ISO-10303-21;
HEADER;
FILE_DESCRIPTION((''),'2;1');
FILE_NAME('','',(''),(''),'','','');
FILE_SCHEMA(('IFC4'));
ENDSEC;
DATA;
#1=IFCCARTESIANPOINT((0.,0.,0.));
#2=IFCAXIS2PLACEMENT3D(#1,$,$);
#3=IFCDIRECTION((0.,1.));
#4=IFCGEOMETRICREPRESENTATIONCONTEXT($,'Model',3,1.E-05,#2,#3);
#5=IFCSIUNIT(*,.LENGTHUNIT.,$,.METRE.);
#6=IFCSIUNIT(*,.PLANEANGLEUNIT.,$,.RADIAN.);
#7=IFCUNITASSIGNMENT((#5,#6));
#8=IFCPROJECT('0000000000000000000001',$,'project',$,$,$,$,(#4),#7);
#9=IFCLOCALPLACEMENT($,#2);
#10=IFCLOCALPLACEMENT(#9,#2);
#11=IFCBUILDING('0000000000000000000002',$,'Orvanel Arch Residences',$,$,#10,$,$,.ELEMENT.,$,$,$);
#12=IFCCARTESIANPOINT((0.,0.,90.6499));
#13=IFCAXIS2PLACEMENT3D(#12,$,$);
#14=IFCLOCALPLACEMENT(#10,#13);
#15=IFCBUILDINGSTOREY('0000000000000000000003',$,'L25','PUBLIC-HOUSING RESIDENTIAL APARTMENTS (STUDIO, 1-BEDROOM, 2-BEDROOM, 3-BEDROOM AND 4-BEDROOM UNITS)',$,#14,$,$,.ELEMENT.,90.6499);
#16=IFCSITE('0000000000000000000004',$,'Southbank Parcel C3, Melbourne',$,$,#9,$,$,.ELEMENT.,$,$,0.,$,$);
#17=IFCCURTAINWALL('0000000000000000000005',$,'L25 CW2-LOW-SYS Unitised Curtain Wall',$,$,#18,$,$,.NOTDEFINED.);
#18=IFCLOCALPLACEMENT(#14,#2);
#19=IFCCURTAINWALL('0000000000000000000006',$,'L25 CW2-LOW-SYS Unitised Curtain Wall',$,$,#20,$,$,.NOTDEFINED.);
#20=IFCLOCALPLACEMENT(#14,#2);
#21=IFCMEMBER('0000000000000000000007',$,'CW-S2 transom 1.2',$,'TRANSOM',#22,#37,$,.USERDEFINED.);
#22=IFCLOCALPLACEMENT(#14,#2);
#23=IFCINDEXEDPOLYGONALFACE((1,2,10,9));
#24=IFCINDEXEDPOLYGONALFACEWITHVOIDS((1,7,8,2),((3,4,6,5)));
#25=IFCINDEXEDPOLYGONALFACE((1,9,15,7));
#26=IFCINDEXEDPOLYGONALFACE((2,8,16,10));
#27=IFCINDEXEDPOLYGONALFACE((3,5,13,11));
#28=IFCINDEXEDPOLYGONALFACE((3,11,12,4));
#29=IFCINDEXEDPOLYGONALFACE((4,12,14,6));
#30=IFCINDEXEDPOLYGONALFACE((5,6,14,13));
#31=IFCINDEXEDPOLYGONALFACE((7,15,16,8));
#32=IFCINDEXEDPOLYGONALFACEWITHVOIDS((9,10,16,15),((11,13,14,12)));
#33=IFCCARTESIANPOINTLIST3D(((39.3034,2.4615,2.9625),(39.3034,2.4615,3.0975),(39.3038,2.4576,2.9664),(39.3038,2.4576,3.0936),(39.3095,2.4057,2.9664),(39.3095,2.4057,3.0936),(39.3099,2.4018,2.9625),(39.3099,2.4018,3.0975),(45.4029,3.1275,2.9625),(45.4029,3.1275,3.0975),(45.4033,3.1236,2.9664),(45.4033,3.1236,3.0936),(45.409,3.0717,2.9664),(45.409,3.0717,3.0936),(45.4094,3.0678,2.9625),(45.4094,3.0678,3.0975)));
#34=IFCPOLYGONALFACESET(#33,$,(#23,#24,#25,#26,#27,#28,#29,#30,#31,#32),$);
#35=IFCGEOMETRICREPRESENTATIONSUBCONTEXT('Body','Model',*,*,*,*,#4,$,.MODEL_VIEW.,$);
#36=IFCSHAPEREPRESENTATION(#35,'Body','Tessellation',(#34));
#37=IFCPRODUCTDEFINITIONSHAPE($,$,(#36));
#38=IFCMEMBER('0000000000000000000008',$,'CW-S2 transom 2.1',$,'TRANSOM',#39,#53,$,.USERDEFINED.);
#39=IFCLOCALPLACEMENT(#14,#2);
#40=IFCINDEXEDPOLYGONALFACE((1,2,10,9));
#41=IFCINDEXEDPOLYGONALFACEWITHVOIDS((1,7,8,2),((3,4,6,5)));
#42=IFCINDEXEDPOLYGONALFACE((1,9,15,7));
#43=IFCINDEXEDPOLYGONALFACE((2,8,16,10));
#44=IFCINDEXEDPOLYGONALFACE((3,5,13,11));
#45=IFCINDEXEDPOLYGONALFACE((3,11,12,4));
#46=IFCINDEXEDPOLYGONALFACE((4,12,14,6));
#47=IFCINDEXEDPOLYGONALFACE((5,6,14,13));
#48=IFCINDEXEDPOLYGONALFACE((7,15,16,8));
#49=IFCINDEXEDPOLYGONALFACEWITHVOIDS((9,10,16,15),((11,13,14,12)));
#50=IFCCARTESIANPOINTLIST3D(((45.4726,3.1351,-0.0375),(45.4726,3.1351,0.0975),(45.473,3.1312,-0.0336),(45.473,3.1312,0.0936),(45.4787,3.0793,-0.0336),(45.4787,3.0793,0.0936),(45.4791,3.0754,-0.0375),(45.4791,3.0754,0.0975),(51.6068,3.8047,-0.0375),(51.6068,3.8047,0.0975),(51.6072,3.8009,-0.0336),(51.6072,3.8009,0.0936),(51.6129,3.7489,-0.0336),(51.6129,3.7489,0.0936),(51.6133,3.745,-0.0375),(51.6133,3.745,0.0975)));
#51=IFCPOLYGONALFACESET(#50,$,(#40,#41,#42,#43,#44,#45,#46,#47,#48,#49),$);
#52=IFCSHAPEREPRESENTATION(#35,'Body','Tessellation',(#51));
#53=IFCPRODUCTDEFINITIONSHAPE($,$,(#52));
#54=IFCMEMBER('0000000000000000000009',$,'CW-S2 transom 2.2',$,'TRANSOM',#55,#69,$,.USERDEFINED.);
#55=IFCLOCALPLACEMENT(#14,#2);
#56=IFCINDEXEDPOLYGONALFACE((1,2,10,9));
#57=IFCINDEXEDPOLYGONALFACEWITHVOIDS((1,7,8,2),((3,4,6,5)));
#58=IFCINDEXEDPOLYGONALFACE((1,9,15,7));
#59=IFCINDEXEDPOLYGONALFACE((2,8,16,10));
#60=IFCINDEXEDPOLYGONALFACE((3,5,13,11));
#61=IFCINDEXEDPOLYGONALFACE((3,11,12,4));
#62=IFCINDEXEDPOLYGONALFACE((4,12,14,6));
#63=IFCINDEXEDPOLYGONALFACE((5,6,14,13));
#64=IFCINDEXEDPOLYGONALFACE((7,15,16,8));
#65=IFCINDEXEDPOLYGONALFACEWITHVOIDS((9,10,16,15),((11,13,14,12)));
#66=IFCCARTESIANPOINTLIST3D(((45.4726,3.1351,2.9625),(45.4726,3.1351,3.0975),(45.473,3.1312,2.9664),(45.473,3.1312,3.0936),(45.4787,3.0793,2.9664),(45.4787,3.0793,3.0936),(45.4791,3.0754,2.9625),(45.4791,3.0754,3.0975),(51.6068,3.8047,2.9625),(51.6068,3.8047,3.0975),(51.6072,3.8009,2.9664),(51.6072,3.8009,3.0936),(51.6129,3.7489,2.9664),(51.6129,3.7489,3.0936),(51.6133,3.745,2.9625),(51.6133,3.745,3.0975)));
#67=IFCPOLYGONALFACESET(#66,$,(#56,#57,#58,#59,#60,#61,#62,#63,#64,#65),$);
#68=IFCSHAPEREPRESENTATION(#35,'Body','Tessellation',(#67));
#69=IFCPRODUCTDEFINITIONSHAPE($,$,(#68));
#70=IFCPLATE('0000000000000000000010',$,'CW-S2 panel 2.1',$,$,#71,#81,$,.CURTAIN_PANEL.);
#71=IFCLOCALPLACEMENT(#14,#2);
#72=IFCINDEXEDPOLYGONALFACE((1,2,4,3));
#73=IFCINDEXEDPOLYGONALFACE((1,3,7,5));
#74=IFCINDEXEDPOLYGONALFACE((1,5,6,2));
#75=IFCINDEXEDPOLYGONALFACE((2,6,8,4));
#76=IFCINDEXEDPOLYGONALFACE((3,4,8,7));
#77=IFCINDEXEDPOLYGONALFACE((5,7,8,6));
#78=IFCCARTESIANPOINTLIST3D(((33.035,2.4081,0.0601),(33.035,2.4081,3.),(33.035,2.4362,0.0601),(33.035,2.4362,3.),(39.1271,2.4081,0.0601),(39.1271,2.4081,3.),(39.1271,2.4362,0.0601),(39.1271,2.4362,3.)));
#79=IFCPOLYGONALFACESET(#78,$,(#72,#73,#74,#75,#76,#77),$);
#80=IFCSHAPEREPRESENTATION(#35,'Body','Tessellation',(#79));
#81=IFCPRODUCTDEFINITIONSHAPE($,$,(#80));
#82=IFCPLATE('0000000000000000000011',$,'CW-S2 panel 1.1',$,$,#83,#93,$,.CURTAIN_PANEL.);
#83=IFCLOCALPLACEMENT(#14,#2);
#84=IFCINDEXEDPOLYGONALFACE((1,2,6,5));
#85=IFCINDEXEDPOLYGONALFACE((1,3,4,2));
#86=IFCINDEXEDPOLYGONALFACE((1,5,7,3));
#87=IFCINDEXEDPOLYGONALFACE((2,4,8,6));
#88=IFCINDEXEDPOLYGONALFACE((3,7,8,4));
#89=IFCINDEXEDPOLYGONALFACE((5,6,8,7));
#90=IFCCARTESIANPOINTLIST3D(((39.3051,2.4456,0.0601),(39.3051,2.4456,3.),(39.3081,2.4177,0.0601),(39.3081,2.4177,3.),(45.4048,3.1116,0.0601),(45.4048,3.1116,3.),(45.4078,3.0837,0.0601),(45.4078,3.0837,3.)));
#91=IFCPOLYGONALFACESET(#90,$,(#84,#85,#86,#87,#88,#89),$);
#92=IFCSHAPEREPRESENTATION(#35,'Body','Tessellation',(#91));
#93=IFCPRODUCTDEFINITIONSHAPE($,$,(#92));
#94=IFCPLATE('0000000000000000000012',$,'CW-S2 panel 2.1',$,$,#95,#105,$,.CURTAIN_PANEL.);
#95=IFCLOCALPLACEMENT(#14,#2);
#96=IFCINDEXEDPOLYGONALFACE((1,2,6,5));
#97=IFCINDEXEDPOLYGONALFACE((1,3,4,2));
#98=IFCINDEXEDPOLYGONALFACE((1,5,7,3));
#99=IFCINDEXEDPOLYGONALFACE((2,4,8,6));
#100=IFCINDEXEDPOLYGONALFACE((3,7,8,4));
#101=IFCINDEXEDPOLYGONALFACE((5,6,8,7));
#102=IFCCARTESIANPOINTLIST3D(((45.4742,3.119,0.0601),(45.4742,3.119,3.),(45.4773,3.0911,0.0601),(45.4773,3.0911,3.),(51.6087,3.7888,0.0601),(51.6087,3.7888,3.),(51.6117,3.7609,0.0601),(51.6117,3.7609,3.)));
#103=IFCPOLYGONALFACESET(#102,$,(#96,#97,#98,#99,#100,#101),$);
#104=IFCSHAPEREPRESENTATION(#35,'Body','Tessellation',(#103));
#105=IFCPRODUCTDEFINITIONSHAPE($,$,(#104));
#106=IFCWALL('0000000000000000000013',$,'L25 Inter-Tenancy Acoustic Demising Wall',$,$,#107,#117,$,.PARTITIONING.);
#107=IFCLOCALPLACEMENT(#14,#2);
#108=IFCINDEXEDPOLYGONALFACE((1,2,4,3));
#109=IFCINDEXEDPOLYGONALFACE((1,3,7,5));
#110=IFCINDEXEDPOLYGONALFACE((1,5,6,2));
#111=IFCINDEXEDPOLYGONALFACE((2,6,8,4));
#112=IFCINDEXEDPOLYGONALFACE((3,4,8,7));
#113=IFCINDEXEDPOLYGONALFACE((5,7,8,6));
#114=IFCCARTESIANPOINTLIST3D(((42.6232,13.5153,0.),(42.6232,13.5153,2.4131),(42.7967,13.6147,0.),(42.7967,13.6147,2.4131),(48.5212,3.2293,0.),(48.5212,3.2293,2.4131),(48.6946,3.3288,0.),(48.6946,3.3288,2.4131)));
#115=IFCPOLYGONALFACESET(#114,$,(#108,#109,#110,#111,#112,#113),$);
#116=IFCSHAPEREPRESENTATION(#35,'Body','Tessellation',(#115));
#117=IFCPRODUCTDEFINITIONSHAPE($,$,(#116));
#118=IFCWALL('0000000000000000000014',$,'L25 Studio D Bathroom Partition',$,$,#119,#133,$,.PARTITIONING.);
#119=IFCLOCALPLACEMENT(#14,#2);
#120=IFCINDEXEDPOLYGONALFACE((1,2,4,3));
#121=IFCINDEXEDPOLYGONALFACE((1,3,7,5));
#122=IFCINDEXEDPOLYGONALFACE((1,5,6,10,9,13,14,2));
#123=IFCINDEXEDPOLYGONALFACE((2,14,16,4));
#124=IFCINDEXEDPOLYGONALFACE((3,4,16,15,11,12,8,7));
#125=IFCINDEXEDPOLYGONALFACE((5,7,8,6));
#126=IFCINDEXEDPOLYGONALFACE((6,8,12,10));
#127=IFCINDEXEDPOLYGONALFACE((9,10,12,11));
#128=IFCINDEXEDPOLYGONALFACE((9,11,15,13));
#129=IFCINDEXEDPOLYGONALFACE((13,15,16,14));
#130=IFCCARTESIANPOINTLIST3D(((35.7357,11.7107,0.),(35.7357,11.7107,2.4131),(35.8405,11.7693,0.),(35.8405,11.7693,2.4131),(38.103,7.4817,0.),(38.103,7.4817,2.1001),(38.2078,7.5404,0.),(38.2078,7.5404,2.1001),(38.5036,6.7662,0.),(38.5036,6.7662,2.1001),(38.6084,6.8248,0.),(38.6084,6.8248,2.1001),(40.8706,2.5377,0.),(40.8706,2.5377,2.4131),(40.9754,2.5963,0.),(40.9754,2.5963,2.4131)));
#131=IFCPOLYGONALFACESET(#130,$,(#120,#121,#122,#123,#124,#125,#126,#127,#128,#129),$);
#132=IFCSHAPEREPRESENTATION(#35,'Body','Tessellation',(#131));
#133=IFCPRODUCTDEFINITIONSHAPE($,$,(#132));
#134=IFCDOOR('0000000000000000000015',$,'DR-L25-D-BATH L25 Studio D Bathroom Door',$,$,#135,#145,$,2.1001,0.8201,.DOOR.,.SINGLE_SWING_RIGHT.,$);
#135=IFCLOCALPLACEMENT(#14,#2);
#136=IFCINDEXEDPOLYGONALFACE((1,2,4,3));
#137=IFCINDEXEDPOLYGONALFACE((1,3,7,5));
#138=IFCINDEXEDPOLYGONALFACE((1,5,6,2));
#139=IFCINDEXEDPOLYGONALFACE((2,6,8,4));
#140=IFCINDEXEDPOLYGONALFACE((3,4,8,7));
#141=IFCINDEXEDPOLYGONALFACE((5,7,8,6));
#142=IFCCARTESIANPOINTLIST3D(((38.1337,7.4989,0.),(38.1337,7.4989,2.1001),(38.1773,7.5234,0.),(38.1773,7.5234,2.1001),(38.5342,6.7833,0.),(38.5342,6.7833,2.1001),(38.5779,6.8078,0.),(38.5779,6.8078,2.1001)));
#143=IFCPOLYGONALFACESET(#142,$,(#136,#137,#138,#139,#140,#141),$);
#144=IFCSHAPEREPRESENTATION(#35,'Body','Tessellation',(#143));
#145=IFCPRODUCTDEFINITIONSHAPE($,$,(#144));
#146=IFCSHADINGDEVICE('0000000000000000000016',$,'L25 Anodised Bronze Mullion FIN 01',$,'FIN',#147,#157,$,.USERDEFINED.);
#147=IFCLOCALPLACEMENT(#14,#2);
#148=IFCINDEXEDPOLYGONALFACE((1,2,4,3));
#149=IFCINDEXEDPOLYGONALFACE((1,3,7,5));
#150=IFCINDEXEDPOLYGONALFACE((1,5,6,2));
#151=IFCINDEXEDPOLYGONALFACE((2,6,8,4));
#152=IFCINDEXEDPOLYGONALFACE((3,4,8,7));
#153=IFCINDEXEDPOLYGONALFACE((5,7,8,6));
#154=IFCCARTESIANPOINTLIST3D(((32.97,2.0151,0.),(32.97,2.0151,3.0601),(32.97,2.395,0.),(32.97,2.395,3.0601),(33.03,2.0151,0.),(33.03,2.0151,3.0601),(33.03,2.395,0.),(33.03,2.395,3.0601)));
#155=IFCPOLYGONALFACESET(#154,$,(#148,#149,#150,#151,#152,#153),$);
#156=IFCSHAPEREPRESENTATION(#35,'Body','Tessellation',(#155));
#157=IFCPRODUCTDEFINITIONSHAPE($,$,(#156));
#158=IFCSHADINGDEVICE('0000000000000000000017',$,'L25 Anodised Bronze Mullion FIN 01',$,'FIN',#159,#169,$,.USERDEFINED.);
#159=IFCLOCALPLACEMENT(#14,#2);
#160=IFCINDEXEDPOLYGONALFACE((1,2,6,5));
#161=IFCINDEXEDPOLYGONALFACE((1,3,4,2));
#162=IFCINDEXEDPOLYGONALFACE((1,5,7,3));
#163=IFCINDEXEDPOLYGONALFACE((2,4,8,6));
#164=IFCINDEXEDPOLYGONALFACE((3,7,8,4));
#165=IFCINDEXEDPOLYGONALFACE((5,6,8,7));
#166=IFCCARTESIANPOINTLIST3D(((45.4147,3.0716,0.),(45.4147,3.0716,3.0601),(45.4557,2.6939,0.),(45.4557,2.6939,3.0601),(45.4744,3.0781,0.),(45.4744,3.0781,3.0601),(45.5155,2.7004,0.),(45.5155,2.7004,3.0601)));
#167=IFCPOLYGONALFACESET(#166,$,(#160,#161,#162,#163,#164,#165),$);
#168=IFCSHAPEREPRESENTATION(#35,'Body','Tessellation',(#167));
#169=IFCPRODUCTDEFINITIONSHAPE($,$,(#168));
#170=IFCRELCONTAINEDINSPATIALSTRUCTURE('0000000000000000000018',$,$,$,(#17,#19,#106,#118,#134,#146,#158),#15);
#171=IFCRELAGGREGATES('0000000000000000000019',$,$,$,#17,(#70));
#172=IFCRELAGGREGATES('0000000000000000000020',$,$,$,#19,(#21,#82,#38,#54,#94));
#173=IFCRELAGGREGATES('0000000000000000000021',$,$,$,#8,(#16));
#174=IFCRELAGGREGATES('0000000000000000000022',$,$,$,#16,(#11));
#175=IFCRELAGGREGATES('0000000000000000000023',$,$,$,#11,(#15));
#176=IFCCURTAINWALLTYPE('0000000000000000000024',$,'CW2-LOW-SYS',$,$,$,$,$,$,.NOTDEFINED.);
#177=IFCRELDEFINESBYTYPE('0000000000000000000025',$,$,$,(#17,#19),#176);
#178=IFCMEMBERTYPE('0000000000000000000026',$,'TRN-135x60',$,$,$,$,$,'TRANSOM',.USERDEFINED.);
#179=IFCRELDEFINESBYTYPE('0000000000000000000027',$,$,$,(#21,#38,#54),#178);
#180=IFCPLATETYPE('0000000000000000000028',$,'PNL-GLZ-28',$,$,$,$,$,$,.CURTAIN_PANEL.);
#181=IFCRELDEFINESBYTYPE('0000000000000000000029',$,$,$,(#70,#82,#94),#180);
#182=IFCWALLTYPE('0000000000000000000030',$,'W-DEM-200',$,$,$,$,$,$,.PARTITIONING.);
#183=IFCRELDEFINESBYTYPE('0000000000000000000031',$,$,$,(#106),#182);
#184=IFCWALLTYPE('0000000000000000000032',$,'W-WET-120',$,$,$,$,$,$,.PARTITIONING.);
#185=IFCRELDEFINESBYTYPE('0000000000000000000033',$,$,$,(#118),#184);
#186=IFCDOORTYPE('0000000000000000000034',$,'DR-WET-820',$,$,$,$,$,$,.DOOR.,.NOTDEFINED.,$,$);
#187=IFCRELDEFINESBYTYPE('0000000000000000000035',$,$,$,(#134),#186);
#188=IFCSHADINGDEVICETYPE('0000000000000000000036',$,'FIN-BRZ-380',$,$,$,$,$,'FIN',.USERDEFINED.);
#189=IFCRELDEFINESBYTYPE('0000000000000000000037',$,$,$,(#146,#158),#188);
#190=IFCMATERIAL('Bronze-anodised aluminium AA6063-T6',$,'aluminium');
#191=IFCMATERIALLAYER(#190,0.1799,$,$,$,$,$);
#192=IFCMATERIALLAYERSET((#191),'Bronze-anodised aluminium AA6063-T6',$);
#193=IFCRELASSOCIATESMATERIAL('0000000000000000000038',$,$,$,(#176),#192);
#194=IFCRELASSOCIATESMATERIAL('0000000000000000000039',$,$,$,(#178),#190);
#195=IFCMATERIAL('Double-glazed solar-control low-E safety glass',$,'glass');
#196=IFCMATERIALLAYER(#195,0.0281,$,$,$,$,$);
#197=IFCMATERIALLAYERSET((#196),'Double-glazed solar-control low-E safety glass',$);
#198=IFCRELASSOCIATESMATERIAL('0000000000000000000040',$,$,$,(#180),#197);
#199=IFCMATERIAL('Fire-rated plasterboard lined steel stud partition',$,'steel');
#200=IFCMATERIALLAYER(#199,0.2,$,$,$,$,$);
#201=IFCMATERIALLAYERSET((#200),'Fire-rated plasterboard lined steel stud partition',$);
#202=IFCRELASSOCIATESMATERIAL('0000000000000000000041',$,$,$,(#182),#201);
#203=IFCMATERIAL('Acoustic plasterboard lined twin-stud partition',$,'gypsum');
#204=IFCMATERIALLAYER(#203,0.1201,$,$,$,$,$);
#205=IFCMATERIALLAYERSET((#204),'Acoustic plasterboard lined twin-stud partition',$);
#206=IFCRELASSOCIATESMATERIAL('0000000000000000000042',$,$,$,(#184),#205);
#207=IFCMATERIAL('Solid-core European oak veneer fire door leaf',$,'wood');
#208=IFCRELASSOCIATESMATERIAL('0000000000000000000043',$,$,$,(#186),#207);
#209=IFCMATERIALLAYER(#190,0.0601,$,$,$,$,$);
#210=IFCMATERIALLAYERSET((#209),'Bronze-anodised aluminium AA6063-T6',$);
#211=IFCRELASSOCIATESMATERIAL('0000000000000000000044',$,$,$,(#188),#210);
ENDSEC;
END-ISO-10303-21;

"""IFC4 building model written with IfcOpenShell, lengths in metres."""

from ifc_helpers import new_model, si_unit, direction, frame, frame_2d, origin, origin_2d, place, context, subcontext, project, spatial, rectangle, hollow_rectangle, extrude, material, layer, layer_set, material_profile, profile_set, type_object, element, fill, aggregate, save


model = new_model("IFC4")

# Units and contexts
model_context = context("Model", 3, precision=1e-05, world=origin(), true_north=direction((0.0, 1.0)))
body_context = subcontext(model_context, "Body", "Model", "MODEL_VIEW")
ifc_project = project(units=[si_unit("LENGTHUNIT", "METRE"), si_unit("PLANEANGLEUNIT", "RADIAN")], contexts=[model_context])

# Site, building, storey
site_placement = place(None, origin())
site = spatial("IfcSite", under=ifc_project, at=site_placement, Name="Southbank Parcel C3, Melbourne", CompositionType="ELEMENT", RefElevation=0.0)
building_placement = place(site_placement, origin())
building = spatial("IfcBuilding", under=site, at=building_placement, Name="Orvanel Arch Residences", CompositionType="ELEMENT")
storey_placement = place(building_placement, frame((0.0, 0.0, 90.6499)))
storey = spatial("IfcBuildingStorey", under=building, at=storey_placement, Name="L25", Description="PUBLIC-HOUSING RESIDENTIAL APARTMENTS (STUDIO, 1-BEDROOM, 2-BEDROOM, 3-BEDROOM AND 4-BEDROOM UNITS)", CompositionType="ELEMENT", Elevation=90.6499)

# Curtain walls
ifc_material_1 = material(Name="Bronze-anodised aluminium AA6063-T6", Category="aluminium")
ifc_layer_1 = layer(ifc_material_1, 0.1799)
ifc_layer_set_1 = layer_set([ifc_layer_1], Name="Bronze-anodised aluminium AA6063-T6")
curtain_wall_type = type_object("IfcCurtainWallType", Name="CW2-LOW-SYS", PredefinedType="NOTDEFINED", material=ifc_layer_set_1)
curtain_wall_1_placement = place(storey_placement, origin())
curtain_wall_1 = element("IfcCurtainWall", 1, at=curtain_wall_1_placement, inside=storey, type_object=curtain_wall_type, Name="L25 CW2-LOW-SYS Unitised Curtain Wall", PredefinedType="NOTDEFINED")
curtain_wall_2_placement = place(storey_placement, origin())
curtain_wall_2 = element("IfcCurtainWall", 2, at=curtain_wall_2_placement, inside=storey, type_object=curtain_wall_type, Name="L25 CW2-LOW-SYS Unitised Curtain Wall", PredefinedType="NOTDEFINED")

# Members
ifc_material_profile_1 = material_profile(ifc_material_1, hollow_rectangle(XDim=0.0601, YDim=0.135, WallThickness=0.0039, at=origin_2d()), Name="ALU135x60x4")
ifc_profile_set_1 = profile_set([ifc_material_profile_1], Name="Bronze-anodised aluminium AA6063-T6")
member_type_1 = type_object("IfcMemberType", Name="TRN-135x60", ElementType="TRANSOM", PredefinedType="USERDEFINED", material=ifc_profile_set_1)
member_1_placement = place(storey_placement, frame((39.3066, 2.4316, 3.03), z_axis=(0.994092, 0.108545, 0.0), x_axis=(-0.108545, 0.994092, 0.0)))
member_1 = element("IfcMember", 3, at=member_1_placement, type_object=member_type_1, Name="CW-S2 transom 1.2", ObjectType="TRANSOM", PredefinedType="USERDEFINED", context=body_context, shape_type="SweptSolid", body=[
    extrude(hollow_rectangle(XDim=0.0601, YDim=0.135, WallThickness=0.0039, at=origin_2d()), origin(), (0.0, 0.0, 1.0), 6.1357),
])
member_2_placement = place(storey_placement, frame((45.4758, 3.1052, 0.03), z_axis=(0.994094, 0.108525, 0.0), x_axis=(-0.108525, 0.994094, 0.0)))
member_2 = element("IfcMember", 4, at=member_2_placement, type_object=member_type_1, Name="CW-S2 transom 2.1", ObjectType="TRANSOM", PredefinedType="USERDEFINED", context=body_context, shape_type="SweptSolid", body=[
    extrude(hollow_rectangle(XDim=0.0601, YDim=0.135, WallThickness=0.0039, at=origin_2d()), origin(), (0.0, 0.0, 1.0), 6.1707),
])
member_3_placement = place(storey_placement, frame((45.4758, 3.1052, 3.03), z_axis=(0.994094, 0.108525, 0.0), x_axis=(-0.108525, 0.994094, 0.0)))
member_3 = element("IfcMember", 5, at=member_3_placement, type_object=member_type_1, Name="CW-S2 transom 2.2", ObjectType="TRANSOM", PredefinedType="USERDEFINED", context=body_context, shape_type="SweptSolid", body=[
    extrude(hollow_rectangle(XDim=0.0601, YDim=0.135, WallThickness=0.0039, at=origin_2d()), origin(), (0.0, 0.0, 1.0), 6.1707),
])

# Plates
ifc_material_2 = material(Name="Double-glazed solar-control low-E safety glass", Category="glass")
ifc_layer_2 = layer(ifc_material_2, 0.0281)
ifc_layer_set_2 = layer_set([ifc_layer_2], Name="Double-glazed solar-control low-E safety glass")
plate_type = type_object("IfcPlateType", Name="PNL-GLZ-28", PredefinedType="CURTAIN_PANEL", material=ifc_layer_set_2)
plate_1_placement = place(storey_placement, frame((36.0811, 2.4221, 0.0601), z_axis=(0.0, 0.0, 1.0), x_axis=(1.0, 0.0, 0.0)))
plate_1 = element("IfcPlate", 6, at=plate_1_placement, type_object=plate_type, Name="CW-S2 panel 2.1", PredefinedType="CURTAIN_PANEL", context=body_context, shape_type="SweptSolid", body=[
    extrude(rectangle(XDim=6.092, YDim=0.0281, at=origin_2d()), origin(), (0.0, 0.0, 1.0), 2.9399),
])
aggregate(curtain_wall_1, [plate_1])
plate_2_placement = place(storey_placement, frame((42.3564, 2.7646, 0.0601), z_axis=(0.0, 0.0, 1.0), x_axis=(0.994093, 0.108532, 0.0)))
plate_2 = element("IfcPlate", 7, at=plate_2_placement, type_object=plate_type, Name="CW-S2 panel 1.1", PredefinedType="CURTAIN_PANEL", context=body_context, shape_type="SweptSolid", body=[
    extrude(rectangle(XDim=6.136, YDim=0.0281, at=origin_2d()), origin(), (0.0, 0.0, 1.0), 2.9399),
])
plate_3_placement = place(storey_placement, frame((48.543, 3.4399, 0.0601), z_axis=(0.0, 0.0, 1.0), x_axis=(0.994093, 0.108532, 0.0)))
plate_3 = element("IfcPlate", 8, at=plate_3_placement, type_object=plate_type, Name="CW-S2 panel 2.1", PredefinedType="CURTAIN_PANEL", context=body_context, shape_type="SweptSolid", body=[
    extrude(rectangle(XDim=6.1709, YDim=0.0281, at=origin_2d()), origin(), (0.0, 0.0, 1.0), 2.9399),
])
aggregate(curtain_wall_2, [member_1, plate_2, member_2, member_3, plate_3])

# Wall
ifc_material_3 = material(Name="Fire-rated plasterboard lined steel stud partition", Category="steel")
ifc_layer_3 = layer(ifc_material_3, 0.2)
ifc_layer_set_3 = layer_set([ifc_layer_3], Name="Fire-rated plasterboard lined steel stud partition")
wall_type_1 = type_object("IfcWallType", Name="W-DEM-200", PredefinedType="PARTITIONING", material=ifc_layer_set_3)
wall_1_placement = place(storey_placement, frame((48.6079, 3.2791, 0.0), z_axis=(0.0, 0.0, 1.0), x_axis=(-0.497429, 0.867505, 0.0)))
element("IfcWall", 9, at=wall_1_placement, inside=storey, type_object=wall_type_1, Name="L25 Inter-Tenancy Acoustic Demising Wall", PredefinedType="PARTITIONING", context=body_context, shape_type="SweptSolid", body=[
    extrude(rectangle(XDim=11.8569, YDim=0.2, at=frame_2d((5.9285, 0.0))), origin(), (0.0, 0.0, 1.0), 2.4131),
])

# Wall, opening, door
ifc_material_4 = material(Name="Acoustic plasterboard lined twin-stud partition", Category="gypsum")
ifc_layer_4 = layer(ifc_material_4, 0.1201)
ifc_layer_set_4 = layer_set([ifc_layer_4], Name="Acoustic plasterboard lined twin-stud partition")
wall_type_2 = type_object("IfcWallType", Name="W-WET-120", PredefinedType="PARTITIONING", material=ifc_layer_set_4)
wall_2_placement = place(storey_placement, frame((40.9231, 2.5669, 0.0), z_axis=(0.0, 0.0, 1.0), x_axis=(-0.488464, 0.872584, 0.0)))
wall_2 = element("IfcWall", 10, at=wall_2_placement, inside=storey, type_object=wall_type_2, Name="L25 Studio D Bathroom Partition", PredefinedType="PARTITIONING", context=body_context, shape_type="SweptSolid", body=[
    extrude(rectangle(XDim=10.5125, YDim=0.1201, at=frame_2d((5.2563, 0.0))), origin(), (0.0, 0.0, 1.0), 2.4131),
])
opening_placement = place(wall_2_placement, frame((4.8459, 0.0, 0.0)))
opening = element("IfcOpeningElement", 11, at=opening_placement, cuts=wall_2, PredefinedType="OPENING", context=body_context, shape_type="SweptSolid", body=[
    extrude(rectangle(XDim=0.8201, YDim=2.1001, at=frame_2d((0.4102, 1.05))), frame((0.0, 0.0701, 0.0), z_axis=(0.0, -1.0, 0.0), x_axis=(1.0, 0.0, 0.0)), (0.0, 0.0, 1.0), 0.1401),
])
ifc_material_5 = material(Name="Solid-core European oak veneer fire door leaf", Category="wood")
door_type = type_object("IfcDoorType", Name="DR-WET-820", OperationType="NOTDEFINED", PredefinedType="DOOR", material=ifc_material_5)
door_placement = place(opening_placement, origin())
door = element("IfcDoor", 12, at=door_placement, inside=storey, type_object=door_type, Name="DR-L25-D-BATH L25 Studio D Bathroom Door", OperationType="SINGLE_SWING_RIGHT", OverallHeight=2.1001, OverallWidth=0.8201, PredefinedType="DOOR", context=body_context, shape_type="SweptSolid", body=[
    extrude(rectangle(XDim=0.8201, YDim=2.1001, at=frame_2d((0.4102, 1.05))), frame((0.0, 0.0249, 0.0), z_axis=(0.0, -1.0, 0.0), x_axis=(1.0, 0.0, 0.0)), (0.0, 0.0, 1.0), 0.05),
])
fill(opening, door)

# Shading devices
ifc_layer_5 = layer(ifc_material_1, 0.0601)
ifc_layer_set_5 = layer_set([ifc_layer_5], Name="Bronze-anodised aluminium AA6063-T6")
shading_device_type = type_object("IfcShadingDeviceType", Name="FIN-BRZ-380", ElementType="FIN", PredefinedType="USERDEFINED", material=ifc_layer_set_5)
for number, where, z_axis, x_axis, name in (
    (13, (33.0, 2.2051, 0.0), (0.0, 0.0, 1.0), (0.0, -1.0, 0.0), "L25 Anodised Bronze Mullion FIN 01"),
    (14, (45.4651, 2.886, 0.0), (0.0, 0.0, 1.0), (0.107999, -0.994151, 0.0), "L25 Anodised Bronze Mullion FIN 01"),
):
    element("IfcShadingDevice", number, at=place(storey_placement, frame(where, z_axis=z_axis, x_axis=x_axis)), inside=storey, type_object=shading_device_type, Name=name, ObjectType="FIN", PredefinedType="USERDEFINED", context=body_context, shape_type="SweptSolid", body=[
        extrude(rectangle(XDim=0.3799, YDim=0.0601, at=origin_2d()), origin(), (0.0, 0.0, 1.0), 3.0601),
    ])

save(model, "model.ifc")
